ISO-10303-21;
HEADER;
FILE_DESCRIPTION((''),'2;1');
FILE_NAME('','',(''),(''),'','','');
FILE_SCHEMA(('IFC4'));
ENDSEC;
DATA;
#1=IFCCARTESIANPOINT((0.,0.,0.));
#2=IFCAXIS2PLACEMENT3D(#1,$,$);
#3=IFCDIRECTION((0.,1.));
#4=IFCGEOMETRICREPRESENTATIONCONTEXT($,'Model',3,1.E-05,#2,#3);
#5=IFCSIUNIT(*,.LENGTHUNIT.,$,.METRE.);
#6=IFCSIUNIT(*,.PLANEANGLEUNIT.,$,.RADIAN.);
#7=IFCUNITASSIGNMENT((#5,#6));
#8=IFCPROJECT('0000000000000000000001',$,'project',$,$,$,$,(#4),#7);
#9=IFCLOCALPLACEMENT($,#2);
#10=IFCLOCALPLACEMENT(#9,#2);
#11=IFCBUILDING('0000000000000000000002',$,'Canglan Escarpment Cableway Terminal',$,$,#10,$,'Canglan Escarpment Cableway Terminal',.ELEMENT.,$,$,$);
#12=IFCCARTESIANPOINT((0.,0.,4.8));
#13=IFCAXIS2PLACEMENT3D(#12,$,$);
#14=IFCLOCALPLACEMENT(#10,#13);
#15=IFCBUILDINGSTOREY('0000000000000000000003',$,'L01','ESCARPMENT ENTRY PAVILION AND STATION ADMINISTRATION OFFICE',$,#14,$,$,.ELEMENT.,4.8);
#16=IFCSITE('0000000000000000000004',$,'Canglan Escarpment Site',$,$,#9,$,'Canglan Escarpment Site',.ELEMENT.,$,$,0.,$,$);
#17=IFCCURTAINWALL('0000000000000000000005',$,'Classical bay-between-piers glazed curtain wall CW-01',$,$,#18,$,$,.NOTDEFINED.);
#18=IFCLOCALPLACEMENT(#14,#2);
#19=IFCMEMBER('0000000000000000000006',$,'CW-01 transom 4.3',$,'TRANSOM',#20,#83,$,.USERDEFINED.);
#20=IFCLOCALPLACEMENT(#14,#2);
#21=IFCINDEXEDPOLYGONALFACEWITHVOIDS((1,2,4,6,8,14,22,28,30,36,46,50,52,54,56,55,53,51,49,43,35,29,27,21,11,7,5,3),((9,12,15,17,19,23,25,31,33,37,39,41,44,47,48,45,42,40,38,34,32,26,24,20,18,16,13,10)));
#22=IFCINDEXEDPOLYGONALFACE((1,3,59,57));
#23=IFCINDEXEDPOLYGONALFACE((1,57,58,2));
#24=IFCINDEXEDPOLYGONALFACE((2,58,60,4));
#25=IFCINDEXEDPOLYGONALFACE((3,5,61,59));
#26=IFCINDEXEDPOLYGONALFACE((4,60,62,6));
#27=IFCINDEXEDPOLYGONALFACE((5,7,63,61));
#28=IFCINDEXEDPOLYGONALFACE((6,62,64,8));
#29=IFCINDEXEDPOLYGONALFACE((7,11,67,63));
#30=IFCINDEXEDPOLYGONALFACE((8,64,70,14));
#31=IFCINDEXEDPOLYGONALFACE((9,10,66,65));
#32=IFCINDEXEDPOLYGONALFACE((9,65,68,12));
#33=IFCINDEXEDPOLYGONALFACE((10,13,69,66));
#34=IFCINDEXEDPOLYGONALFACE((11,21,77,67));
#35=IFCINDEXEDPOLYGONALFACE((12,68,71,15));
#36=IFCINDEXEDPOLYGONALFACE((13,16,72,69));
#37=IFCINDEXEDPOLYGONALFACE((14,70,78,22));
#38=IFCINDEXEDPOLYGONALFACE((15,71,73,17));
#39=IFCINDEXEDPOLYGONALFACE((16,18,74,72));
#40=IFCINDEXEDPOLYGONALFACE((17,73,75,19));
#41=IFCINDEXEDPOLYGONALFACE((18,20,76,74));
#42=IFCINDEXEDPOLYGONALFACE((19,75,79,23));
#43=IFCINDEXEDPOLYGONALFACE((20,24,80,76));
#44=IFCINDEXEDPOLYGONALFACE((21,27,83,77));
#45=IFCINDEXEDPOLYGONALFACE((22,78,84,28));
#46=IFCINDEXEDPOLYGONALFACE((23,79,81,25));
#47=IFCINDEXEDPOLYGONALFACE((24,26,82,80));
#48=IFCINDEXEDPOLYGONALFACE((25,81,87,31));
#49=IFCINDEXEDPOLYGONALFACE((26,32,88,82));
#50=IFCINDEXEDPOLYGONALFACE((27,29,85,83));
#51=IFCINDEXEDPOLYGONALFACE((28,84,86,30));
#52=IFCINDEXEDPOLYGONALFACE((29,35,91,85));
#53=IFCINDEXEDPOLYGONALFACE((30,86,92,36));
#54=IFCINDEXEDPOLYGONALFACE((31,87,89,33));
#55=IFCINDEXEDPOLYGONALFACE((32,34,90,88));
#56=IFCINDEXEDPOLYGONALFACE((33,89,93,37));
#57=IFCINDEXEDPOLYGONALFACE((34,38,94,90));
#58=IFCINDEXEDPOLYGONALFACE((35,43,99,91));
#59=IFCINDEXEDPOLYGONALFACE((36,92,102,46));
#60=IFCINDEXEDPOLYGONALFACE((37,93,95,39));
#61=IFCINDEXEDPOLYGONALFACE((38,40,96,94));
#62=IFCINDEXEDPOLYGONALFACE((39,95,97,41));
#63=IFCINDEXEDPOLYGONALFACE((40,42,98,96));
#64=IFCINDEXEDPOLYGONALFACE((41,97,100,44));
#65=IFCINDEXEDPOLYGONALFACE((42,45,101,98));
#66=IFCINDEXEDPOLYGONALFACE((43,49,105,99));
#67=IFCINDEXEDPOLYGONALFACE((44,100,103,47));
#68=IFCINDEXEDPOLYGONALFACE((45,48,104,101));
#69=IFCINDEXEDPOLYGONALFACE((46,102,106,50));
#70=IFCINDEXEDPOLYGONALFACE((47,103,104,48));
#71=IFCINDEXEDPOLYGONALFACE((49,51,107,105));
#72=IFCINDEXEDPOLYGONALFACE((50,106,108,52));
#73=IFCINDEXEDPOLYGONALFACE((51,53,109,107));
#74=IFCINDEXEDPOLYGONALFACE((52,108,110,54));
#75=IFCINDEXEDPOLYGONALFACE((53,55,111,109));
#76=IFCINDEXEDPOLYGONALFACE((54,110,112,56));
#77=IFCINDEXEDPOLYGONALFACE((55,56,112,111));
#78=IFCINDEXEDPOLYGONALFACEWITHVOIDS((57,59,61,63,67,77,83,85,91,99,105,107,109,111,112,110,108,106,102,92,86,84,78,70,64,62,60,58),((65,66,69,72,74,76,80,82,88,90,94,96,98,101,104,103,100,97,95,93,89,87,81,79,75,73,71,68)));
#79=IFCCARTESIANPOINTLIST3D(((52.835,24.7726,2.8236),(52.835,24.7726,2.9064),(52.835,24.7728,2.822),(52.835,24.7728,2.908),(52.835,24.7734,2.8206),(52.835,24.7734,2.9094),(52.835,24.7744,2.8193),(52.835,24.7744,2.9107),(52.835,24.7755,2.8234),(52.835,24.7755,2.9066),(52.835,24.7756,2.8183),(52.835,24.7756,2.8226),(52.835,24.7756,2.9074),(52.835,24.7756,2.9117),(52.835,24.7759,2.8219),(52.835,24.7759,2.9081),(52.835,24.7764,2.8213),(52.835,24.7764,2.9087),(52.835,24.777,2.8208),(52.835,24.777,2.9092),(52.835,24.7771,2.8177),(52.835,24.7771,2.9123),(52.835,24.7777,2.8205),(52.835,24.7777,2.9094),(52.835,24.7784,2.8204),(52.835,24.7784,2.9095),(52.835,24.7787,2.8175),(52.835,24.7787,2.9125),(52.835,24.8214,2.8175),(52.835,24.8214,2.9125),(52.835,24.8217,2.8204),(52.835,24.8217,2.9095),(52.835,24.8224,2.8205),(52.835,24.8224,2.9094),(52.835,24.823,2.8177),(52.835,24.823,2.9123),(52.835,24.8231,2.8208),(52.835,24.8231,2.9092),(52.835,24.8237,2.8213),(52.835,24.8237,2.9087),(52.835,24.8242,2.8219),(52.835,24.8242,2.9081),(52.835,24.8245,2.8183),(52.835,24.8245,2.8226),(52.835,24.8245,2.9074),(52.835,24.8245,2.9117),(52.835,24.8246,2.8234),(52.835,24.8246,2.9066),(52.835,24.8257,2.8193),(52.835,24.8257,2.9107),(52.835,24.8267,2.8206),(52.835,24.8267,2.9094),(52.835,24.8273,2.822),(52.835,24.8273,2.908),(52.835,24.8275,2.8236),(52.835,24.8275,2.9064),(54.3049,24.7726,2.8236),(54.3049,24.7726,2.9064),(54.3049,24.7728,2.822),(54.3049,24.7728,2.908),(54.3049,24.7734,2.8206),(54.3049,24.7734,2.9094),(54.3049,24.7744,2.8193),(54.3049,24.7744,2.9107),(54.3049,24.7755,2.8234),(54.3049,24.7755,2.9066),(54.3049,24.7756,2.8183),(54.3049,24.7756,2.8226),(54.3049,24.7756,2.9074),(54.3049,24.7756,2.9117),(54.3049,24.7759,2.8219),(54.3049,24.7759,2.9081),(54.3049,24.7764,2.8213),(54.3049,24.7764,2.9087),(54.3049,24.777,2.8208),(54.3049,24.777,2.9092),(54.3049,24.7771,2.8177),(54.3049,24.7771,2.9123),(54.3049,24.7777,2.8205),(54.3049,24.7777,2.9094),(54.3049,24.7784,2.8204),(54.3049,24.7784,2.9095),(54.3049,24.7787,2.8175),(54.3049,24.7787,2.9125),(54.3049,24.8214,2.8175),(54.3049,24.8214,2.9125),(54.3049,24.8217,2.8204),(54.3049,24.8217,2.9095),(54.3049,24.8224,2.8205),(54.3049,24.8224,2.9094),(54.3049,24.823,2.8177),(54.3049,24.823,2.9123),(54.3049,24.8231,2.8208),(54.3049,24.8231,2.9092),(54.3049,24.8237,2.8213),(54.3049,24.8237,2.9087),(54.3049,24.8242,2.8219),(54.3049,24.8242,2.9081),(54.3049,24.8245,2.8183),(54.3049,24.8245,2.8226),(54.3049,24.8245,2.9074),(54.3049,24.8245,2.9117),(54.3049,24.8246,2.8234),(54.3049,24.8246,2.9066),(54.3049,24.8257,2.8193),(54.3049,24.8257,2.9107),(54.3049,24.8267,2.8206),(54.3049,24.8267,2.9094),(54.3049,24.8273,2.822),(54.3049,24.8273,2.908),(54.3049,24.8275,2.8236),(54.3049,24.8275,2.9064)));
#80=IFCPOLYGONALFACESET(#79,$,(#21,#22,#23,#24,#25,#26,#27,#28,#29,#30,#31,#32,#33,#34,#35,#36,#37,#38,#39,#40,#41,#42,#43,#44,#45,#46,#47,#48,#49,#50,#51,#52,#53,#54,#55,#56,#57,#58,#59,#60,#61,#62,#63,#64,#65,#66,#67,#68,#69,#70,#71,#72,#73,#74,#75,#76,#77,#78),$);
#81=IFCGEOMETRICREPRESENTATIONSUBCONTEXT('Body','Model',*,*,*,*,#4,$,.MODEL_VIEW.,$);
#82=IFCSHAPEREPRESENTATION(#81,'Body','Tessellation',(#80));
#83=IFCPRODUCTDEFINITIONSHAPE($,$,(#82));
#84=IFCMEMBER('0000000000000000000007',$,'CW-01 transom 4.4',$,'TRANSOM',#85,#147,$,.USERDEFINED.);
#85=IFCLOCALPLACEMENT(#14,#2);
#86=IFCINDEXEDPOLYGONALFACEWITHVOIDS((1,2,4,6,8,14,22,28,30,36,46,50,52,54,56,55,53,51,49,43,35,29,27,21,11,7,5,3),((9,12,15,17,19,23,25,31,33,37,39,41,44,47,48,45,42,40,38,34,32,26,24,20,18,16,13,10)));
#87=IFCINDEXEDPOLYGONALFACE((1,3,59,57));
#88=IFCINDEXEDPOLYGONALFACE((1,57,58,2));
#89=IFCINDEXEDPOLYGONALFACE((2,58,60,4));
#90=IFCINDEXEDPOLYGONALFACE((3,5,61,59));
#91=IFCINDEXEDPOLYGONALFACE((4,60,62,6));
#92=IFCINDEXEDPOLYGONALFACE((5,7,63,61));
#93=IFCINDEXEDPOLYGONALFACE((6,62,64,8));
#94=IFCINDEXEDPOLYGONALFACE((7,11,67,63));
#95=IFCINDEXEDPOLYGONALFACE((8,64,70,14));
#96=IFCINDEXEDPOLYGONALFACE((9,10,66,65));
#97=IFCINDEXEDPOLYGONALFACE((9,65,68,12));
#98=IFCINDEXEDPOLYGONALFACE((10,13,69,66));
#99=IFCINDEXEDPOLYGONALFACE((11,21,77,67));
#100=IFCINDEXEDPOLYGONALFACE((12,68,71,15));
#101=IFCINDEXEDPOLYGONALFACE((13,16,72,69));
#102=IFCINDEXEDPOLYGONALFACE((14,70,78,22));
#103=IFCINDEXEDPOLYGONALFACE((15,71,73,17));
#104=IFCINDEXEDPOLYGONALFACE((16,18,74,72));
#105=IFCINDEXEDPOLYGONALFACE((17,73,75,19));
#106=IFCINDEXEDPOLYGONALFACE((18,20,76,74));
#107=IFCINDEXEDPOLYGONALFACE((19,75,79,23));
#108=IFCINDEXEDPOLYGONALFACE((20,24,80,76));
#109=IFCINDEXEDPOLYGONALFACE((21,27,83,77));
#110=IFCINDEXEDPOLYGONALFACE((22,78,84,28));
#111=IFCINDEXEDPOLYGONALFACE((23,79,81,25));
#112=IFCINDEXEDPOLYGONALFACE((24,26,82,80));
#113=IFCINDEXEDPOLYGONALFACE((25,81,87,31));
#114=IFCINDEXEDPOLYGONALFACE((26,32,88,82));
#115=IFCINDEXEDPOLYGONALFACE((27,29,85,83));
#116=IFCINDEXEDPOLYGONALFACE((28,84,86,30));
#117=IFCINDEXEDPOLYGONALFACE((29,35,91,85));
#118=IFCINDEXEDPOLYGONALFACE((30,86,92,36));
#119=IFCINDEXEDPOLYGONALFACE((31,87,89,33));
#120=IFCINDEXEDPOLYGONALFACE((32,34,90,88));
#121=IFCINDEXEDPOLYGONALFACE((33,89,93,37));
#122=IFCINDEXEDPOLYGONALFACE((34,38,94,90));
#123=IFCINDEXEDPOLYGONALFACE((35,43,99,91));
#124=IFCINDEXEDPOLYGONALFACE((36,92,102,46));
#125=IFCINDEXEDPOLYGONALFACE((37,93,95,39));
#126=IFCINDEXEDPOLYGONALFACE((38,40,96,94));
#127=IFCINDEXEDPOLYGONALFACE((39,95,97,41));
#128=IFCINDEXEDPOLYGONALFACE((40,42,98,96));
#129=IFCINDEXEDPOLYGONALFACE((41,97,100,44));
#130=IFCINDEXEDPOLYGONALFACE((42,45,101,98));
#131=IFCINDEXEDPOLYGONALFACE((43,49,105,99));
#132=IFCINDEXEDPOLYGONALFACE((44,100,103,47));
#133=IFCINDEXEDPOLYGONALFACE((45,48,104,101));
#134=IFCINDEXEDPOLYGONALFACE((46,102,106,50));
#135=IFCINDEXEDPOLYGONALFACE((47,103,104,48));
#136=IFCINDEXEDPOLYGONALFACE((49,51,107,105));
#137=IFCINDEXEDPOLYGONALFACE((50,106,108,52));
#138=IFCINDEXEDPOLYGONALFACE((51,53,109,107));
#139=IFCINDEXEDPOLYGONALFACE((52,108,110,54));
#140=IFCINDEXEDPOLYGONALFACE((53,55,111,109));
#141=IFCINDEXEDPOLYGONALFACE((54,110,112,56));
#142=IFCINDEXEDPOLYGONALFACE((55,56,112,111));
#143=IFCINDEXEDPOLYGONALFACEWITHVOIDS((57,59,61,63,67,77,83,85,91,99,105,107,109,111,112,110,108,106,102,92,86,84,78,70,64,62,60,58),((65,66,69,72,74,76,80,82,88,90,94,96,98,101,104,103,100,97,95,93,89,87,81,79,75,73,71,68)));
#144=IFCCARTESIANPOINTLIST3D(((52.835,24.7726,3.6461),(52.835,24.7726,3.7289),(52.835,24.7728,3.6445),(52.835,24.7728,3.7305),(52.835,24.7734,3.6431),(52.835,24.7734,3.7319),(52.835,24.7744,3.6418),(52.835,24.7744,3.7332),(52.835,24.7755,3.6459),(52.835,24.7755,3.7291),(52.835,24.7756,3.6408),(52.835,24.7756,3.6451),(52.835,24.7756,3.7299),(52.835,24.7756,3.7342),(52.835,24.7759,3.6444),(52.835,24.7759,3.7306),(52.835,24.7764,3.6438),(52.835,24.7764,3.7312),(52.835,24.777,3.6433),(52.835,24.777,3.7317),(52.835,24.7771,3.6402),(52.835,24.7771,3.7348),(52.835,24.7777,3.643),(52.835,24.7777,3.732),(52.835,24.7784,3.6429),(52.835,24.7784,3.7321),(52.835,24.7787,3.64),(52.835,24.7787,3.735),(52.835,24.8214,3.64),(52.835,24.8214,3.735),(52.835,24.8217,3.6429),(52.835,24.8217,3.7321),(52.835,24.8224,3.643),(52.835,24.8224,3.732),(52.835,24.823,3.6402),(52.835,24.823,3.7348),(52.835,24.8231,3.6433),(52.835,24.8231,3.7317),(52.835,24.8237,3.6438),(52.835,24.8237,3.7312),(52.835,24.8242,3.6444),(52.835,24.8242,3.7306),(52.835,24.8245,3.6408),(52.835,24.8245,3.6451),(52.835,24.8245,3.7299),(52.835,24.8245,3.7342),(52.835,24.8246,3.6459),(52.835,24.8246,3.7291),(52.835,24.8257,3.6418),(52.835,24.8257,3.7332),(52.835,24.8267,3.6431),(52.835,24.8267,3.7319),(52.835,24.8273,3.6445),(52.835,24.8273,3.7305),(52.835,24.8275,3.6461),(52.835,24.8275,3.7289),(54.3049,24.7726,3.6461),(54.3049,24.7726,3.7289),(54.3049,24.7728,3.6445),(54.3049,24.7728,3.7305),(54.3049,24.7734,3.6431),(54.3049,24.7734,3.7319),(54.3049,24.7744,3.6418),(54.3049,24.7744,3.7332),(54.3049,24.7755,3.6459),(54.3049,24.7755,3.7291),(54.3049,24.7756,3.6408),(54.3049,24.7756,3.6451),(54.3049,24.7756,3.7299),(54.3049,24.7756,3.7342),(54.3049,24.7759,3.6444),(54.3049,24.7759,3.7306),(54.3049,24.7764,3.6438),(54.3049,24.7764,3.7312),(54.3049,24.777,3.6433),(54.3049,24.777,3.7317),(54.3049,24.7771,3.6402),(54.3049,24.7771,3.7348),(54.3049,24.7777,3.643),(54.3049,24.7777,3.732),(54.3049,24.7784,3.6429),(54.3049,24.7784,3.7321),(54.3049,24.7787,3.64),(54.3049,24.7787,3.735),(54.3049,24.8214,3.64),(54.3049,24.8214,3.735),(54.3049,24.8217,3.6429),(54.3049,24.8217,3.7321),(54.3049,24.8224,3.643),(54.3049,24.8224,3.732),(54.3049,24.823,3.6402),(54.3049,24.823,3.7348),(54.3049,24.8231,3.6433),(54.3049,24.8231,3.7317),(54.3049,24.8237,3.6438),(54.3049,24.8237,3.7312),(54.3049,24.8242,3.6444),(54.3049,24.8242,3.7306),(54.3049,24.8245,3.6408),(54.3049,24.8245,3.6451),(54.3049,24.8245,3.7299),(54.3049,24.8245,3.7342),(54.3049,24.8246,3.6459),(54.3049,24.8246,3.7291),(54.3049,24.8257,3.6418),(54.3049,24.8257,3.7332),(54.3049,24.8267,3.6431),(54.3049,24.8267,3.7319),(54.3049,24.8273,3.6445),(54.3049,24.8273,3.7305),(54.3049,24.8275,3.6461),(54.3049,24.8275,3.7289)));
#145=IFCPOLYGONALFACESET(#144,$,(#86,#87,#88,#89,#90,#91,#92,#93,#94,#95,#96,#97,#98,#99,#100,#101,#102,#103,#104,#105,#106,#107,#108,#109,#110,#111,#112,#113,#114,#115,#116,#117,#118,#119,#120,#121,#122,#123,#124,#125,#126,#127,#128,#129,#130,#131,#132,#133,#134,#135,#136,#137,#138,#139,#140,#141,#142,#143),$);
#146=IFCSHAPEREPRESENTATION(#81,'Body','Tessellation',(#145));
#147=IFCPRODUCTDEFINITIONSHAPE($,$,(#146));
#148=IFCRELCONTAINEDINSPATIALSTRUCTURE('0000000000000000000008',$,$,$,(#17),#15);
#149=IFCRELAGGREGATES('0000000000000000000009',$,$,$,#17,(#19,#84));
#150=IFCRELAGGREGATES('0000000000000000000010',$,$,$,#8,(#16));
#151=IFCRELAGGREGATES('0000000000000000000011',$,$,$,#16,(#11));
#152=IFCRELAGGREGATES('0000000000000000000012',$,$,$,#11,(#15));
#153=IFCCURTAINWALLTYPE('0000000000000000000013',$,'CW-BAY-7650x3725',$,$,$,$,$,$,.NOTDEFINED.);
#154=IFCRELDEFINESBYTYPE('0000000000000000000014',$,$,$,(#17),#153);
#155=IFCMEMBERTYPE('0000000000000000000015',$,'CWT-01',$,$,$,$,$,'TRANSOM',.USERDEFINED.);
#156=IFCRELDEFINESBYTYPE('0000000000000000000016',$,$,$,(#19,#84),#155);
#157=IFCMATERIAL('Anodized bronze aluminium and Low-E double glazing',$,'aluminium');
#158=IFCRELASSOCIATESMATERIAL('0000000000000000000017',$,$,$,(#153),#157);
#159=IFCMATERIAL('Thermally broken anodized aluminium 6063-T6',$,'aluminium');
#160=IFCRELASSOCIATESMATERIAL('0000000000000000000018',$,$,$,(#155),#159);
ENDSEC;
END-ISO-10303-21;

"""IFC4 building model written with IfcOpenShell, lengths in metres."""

from ifc_helpers import new_model, si_unit, direction, frame, origin, origin_2d, place, context, subcontext, project, spatial, hollow_rectangle, extrude, material, material_profile, profile_set, type_object, element, aggregate, save


model = new_model("IFC4")

# Units and contexts
model_context = context("Model", 3, precision=1e-05, world=origin(), true_north=direction((0.0, 1.0)))
body_context = subcontext(model_context, "Body", "Model", "MODEL_VIEW")
ifc_project = project(units=[si_unit("LENGTHUNIT", "METRE"), si_unit("PLANEANGLEUNIT", "RADIAN")], contexts=[model_context])

# Site, building, storey
site_placement = place(None, origin())
site = spatial("IfcSite", under=ifc_project, at=site_placement, Name="Canglan Escarpment Site", LongName="Canglan Escarpment Site", CompositionType="ELEMENT", RefElevation=0.0)
building_placement = place(site_placement, origin())
building = spatial("IfcBuilding", under=site, at=building_placement, Name="Canglan Escarpment Cableway Terminal", LongName="Canglan Escarpment Cableway Terminal", CompositionType="ELEMENT")
storey_placement = place(building_placement, frame((0.0, 0.0, 4.8)))
storey = spatial("IfcBuildingStorey", under=building, at=storey_placement, Name="L01", Description="ESCARPMENT ENTRY PAVILION AND STATION ADMINISTRATION OFFICE", CompositionType="ELEMENT", Elevation=4.8)

# Curtain wall, members
ifc_material_1 = material(Name="Anodized bronze aluminium and Low-E double glazing", Category="aluminium")
curtain_wall_type = type_object("IfcCurtainWallType", Name="CW-BAY-7650x3725", PredefinedType="NOTDEFINED", material=ifc_material_1)
curtain_wall_placement = place(storey_placement, origin())
curtain_wall = element("IfcCurtainWall", 1, at=curtain_wall_placement, inside=storey, type_object=curtain_wall_type, Name="Classical bay-between-piers glazed curtain wall CW-01", PredefinedType="NOTDEFINED")
ifc_material_2 = material(Name="Thermally broken anodized aluminium 6063-T6", Category="aluminium")
ifc_material_profile_1 = material_profile(ifc_material_2, hollow_rectangle(XDim=0.0549, YDim=0.095, WallThickness=0.0029, InnerFilletRadius=0.0029, OuterFilletRadius=0.0061, at=origin_2d()), Name="ALU-TRAN 55x95x3")
ifc_profile_set_1 = profile_set([ifc_material_profile_1], Name="Thermally broken anodized aluminium 6063-T6")
member_type_1 = type_object("IfcMemberType", Name="CWT-01", ElementType="TRANSOM", PredefinedType="USERDEFINED", material=ifc_profile_set_1)
member_1_placement = place(storey_placement, frame((54.3049, 24.8, 2.865), z_axis=(-1.0, 0.0, 0.0), x_axis=(0.0, -1.0, 0.0)))
member_1 = element("IfcMember", 2, at=member_1_placement, type_object=member_type_1, Name="CW-01 transom 4.3", ObjectType="TRANSOM", PredefinedType="USERDEFINED", context=body_context, shape_type="SweptSolid", body=[
    extrude(hollow_rectangle(XDim=0.0549, YDim=0.095, WallThickness=0.0029, InnerFilletRadius=0.0029, OuterFilletRadius=0.0061, at=origin_2d()), origin(), (0.0, 0.0, 1.0), 1.47),
])
member_2_placement = place(storey_placement, frame((54.3049, 24.8, 3.6875), z_axis=(-1.0, 0.0, 0.0), x_axis=(0.0, -1.0, 0.0)))
member_2 = element("IfcMember", 3, at=member_2_placement, type_object=member_type_1, Name="CW-01 transom 4.4", ObjectType="TRANSOM", PredefinedType="USERDEFINED", context=body_context, shape_type="SweptSolid", body=[
    extrude(hollow_rectangle(XDim=0.0549, YDim=0.095, WallThickness=0.0029, InnerFilletRadius=0.0029, OuterFilletRadius=0.0061, at=origin_2d()), origin(), (0.0, 0.0, 1.0), 1.47),
])
aggregate(curtain_wall, [member_1, member_2])

save(model, "model.ifc")
